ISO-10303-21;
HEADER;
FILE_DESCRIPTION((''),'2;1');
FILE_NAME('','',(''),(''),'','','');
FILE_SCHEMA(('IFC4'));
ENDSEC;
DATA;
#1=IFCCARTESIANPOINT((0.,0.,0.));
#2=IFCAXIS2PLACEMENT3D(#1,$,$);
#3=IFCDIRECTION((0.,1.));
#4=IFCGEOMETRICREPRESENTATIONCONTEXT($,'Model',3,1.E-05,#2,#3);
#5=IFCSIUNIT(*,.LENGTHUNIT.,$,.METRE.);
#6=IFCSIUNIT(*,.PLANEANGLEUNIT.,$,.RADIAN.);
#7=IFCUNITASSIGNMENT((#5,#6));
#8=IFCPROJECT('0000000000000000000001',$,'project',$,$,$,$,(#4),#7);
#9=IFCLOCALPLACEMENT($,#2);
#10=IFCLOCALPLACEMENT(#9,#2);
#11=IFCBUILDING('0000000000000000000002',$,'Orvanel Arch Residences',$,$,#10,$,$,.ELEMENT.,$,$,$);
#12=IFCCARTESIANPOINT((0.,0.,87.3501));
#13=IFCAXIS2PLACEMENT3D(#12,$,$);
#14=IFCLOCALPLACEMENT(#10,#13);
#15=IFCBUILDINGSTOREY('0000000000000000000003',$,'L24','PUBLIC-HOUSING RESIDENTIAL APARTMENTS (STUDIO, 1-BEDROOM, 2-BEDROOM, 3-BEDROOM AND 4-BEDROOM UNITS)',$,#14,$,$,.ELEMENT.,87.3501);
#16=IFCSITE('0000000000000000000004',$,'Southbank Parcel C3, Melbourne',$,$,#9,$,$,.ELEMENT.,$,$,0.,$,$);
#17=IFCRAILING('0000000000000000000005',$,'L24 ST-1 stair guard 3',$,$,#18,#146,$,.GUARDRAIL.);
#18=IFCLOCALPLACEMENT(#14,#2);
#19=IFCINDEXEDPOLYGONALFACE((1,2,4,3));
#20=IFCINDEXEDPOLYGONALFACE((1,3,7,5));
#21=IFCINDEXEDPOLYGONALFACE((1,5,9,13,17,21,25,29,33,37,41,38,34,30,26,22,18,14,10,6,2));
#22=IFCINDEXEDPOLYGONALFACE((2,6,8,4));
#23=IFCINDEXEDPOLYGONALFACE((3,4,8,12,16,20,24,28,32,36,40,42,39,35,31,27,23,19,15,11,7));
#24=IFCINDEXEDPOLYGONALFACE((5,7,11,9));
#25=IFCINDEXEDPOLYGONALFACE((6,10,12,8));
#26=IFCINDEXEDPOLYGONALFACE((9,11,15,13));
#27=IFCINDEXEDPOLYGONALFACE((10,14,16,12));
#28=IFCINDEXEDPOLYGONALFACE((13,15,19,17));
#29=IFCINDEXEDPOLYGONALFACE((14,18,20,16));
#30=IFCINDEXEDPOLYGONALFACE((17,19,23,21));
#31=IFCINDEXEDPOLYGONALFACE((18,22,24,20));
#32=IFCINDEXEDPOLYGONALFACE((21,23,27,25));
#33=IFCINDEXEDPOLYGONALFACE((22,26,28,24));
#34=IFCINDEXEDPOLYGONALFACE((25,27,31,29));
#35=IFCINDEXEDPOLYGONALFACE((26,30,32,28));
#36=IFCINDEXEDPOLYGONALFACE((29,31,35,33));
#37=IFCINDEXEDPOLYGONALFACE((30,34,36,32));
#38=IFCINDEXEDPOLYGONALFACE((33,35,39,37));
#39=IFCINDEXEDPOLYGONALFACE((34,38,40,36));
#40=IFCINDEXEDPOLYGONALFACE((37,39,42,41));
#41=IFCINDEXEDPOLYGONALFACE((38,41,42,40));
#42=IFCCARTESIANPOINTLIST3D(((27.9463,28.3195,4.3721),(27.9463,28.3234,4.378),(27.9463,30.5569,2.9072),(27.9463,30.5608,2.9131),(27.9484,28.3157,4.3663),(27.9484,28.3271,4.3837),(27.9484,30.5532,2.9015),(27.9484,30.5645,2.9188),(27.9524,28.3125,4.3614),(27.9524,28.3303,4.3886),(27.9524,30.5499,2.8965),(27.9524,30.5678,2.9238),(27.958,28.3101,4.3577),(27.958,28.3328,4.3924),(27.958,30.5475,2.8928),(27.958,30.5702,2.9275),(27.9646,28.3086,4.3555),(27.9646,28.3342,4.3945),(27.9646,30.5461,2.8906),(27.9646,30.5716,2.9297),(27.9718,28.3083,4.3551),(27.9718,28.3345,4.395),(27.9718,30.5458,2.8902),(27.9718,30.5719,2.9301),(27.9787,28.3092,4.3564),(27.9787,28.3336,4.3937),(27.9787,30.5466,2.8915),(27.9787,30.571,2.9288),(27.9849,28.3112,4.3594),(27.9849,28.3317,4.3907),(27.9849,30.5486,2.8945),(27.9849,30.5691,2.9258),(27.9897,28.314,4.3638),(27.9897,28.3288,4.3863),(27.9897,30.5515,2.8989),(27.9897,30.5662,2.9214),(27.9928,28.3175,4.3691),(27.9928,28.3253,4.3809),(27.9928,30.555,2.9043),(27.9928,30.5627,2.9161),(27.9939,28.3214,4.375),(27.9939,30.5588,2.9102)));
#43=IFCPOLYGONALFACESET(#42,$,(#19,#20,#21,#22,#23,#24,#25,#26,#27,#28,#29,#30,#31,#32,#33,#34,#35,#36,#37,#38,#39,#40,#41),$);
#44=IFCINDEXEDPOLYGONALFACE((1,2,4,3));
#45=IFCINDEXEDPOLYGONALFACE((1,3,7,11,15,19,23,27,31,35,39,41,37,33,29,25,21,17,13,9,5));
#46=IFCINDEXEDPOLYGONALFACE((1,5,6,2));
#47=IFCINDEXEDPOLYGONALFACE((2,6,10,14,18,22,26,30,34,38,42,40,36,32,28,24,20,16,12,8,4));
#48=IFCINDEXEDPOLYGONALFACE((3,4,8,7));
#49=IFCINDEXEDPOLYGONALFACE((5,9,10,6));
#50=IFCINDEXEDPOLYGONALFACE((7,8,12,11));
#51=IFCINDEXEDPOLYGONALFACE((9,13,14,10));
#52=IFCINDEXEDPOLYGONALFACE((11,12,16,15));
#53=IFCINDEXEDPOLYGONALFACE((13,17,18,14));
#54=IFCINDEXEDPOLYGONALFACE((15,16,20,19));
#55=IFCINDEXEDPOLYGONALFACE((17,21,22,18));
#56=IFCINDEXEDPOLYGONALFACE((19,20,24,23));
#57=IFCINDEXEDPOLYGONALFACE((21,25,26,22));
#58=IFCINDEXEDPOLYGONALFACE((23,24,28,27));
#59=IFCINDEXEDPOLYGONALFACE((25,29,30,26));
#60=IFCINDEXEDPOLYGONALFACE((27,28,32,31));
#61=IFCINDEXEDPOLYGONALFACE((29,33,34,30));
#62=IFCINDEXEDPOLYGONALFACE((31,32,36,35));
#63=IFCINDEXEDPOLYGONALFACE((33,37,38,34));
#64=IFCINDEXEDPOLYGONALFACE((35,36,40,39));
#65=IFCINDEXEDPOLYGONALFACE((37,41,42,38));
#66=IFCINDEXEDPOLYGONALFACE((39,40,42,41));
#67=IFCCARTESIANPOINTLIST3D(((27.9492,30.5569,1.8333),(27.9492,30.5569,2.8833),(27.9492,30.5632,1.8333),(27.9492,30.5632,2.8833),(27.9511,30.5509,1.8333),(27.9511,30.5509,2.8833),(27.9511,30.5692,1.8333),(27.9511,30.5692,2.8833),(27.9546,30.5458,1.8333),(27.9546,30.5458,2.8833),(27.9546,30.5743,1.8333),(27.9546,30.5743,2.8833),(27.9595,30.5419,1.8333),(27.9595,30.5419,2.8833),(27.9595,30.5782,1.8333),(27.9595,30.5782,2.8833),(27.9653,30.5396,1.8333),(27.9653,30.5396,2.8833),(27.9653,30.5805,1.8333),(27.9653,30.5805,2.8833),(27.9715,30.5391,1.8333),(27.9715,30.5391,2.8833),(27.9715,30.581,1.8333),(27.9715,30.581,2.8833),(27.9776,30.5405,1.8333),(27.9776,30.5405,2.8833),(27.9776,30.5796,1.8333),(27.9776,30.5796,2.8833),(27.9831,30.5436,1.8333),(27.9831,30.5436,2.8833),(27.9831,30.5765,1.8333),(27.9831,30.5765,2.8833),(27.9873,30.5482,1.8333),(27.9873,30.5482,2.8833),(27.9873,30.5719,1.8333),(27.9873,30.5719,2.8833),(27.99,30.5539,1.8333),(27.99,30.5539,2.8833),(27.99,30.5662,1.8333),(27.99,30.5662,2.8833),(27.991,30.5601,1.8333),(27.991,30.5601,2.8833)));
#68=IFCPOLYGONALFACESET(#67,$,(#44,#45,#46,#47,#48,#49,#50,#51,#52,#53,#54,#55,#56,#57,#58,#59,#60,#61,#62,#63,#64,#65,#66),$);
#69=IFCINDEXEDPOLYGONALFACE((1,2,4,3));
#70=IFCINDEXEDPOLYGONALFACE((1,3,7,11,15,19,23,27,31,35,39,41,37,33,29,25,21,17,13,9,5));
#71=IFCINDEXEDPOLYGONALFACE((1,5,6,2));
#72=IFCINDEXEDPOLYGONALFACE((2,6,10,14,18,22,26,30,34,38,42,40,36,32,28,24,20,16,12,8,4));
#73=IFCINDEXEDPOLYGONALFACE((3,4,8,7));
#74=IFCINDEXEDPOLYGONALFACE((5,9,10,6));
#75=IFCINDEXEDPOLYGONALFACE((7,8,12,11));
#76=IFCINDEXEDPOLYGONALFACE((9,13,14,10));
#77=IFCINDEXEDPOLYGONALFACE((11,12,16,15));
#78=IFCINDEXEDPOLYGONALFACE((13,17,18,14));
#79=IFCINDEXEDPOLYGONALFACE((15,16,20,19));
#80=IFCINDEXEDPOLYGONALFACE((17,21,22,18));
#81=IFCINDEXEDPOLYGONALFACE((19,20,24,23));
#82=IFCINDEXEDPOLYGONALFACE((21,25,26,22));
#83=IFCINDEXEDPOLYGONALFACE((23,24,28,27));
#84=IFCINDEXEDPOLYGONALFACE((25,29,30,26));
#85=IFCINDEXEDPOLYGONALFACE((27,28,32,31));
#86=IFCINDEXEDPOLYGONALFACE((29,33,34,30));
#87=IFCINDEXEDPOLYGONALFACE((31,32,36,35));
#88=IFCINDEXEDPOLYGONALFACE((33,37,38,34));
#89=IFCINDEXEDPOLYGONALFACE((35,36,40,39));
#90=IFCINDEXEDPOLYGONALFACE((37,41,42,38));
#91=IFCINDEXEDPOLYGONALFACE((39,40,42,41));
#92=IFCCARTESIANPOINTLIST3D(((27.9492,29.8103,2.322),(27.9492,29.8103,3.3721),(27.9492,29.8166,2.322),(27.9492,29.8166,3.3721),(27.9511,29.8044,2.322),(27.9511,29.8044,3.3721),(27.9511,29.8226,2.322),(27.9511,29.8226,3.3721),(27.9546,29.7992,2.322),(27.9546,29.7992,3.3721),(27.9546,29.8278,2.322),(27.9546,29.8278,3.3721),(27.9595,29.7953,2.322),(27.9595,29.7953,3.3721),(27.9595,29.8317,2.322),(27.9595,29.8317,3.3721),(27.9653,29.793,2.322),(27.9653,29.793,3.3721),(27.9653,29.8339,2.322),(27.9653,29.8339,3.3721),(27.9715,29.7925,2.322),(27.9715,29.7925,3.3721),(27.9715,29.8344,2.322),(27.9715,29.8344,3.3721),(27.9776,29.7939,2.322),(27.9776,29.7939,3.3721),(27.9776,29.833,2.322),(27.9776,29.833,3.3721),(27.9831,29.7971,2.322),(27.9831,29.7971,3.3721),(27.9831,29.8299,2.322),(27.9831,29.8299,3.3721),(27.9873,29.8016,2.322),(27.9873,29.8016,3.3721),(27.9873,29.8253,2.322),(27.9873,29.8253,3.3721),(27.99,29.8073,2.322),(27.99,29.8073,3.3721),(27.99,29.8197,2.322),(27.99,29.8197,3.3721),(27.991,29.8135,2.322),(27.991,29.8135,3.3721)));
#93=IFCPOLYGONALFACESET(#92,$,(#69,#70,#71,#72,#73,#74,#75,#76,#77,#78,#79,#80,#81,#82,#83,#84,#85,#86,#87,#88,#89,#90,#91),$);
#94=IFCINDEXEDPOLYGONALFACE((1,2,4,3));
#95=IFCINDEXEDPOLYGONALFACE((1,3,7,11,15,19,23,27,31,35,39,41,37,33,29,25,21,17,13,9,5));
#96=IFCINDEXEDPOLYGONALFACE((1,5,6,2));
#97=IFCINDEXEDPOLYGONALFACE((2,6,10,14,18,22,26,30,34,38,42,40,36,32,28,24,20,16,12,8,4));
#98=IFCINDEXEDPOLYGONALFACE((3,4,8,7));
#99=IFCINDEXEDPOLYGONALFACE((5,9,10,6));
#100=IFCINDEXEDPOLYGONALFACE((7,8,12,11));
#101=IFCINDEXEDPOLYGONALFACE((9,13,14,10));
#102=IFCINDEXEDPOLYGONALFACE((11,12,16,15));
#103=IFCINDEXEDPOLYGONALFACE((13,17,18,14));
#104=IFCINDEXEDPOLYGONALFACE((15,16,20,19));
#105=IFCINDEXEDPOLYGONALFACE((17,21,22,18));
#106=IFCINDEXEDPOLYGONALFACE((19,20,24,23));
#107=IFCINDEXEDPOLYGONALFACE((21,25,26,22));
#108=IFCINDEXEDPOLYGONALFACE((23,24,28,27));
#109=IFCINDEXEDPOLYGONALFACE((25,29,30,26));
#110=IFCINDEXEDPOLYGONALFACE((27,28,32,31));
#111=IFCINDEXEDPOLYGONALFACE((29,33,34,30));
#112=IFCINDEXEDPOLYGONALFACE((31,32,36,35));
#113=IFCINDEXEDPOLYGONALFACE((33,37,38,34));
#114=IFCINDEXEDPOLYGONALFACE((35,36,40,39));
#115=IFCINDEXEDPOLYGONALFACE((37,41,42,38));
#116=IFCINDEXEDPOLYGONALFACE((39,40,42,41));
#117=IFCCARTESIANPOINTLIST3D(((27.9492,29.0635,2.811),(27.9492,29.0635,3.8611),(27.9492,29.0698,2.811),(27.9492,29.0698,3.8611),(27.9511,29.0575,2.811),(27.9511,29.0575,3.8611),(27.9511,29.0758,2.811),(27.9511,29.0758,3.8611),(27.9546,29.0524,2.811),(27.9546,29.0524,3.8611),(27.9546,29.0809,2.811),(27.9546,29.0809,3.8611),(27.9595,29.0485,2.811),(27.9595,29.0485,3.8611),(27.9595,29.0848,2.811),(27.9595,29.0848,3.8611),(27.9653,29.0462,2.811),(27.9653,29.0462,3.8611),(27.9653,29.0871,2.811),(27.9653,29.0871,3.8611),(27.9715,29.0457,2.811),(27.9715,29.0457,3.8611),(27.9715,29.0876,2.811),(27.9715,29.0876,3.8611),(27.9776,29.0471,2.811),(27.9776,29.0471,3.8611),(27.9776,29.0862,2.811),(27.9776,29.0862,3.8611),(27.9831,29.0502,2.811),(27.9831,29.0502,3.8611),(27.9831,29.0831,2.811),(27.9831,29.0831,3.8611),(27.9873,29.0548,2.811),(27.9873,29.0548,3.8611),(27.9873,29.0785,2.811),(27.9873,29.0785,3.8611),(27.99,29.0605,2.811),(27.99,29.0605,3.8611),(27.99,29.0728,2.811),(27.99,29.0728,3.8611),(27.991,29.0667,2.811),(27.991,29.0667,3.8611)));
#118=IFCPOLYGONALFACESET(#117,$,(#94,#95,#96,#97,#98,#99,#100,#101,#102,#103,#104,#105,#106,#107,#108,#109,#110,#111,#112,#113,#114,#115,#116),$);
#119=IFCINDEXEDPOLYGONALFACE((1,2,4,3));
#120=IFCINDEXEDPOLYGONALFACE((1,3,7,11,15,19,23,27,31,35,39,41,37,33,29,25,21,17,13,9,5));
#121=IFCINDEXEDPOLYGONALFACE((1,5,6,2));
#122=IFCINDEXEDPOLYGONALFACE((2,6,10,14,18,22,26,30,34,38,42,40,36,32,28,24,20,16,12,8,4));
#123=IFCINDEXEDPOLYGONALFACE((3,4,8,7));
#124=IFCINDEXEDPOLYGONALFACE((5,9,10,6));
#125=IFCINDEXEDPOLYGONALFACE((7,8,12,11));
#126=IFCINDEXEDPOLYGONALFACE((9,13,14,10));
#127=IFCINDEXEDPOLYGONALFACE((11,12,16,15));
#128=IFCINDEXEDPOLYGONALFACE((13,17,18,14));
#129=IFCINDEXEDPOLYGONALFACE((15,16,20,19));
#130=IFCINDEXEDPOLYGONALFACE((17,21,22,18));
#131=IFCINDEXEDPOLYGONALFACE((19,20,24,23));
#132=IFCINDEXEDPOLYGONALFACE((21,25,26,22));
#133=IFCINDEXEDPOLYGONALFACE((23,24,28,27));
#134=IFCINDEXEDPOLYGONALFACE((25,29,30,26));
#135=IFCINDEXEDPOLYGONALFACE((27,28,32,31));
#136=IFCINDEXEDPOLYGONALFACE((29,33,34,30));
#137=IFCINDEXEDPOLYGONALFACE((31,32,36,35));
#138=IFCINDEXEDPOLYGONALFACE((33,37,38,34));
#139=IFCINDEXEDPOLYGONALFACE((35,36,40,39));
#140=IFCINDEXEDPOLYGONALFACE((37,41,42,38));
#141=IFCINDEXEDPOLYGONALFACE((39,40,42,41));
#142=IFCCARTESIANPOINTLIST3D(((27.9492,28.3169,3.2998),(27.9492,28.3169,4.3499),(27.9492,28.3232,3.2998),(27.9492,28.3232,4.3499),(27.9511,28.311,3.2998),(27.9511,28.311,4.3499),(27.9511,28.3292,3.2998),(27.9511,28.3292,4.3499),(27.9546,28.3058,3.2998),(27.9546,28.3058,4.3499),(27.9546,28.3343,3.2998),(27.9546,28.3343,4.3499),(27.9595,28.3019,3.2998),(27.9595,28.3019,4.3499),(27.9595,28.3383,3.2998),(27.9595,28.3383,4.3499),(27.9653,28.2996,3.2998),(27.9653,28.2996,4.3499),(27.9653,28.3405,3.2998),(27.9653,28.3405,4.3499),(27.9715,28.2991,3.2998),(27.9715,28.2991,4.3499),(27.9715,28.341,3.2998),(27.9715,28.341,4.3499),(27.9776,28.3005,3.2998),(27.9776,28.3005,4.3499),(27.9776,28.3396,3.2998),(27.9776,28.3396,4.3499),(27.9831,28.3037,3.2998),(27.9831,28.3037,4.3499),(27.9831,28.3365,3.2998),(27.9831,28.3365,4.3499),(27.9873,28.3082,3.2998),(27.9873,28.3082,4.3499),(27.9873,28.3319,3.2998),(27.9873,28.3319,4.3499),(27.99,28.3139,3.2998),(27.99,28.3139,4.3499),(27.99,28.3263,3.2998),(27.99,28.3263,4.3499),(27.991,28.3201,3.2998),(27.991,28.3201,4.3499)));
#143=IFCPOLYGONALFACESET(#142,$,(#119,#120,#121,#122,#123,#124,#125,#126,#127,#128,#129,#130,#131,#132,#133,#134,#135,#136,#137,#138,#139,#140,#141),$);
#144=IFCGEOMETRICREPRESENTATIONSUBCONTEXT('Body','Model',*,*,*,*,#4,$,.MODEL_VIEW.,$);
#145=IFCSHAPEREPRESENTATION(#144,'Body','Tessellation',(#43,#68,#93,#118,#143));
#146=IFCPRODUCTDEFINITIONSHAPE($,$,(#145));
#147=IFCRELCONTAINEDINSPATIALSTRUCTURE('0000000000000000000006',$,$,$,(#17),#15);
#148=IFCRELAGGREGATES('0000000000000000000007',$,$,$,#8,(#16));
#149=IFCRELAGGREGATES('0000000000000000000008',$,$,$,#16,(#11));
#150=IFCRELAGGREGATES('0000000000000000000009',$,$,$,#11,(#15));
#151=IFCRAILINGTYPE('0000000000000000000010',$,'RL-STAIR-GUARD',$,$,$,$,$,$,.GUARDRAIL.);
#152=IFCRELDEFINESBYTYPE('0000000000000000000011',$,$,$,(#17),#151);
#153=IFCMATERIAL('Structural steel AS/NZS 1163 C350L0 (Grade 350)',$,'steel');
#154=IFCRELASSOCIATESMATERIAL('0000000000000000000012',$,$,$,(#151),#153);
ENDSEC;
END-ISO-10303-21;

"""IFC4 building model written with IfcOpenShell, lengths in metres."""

from ifc_helpers import new_model, si_unit, direction, frame, origin, origin_2d, place, context, subcontext, project, spatial, circle, extrude, material, type_object, element, save


model = new_model("IFC4")

# Units and contexts
model_context = context("Model", 3, precision=1e-05, world=origin(), true_north=direction((0.0, 1.0)))
body_context = subcontext(model_context, "Body", "Model", "MODEL_VIEW")
ifc_project = project(units=[si_unit("LENGTHUNIT", "METRE"), si_unit("PLANEANGLEUNIT", "RADIAN")], contexts=[model_context])

# Site, building, storey
site_placement = place(None, origin())
site = spatial("IfcSite", under=ifc_project, at=site_placement, Name="Southbank Parcel C3, Melbourne", CompositionType="ELEMENT", RefElevation=0.0)
building_placement = place(site_placement, origin())
building = spatial("IfcBuilding", under=site, at=building_placement, Name="Orvanel Arch Residences", CompositionType="ELEMENT")
storey_placement = place(building_placement, frame((0.0, 0.0, 87.3501)))
storey = spatial("IfcBuildingStorey", under=building, at=storey_placement, Name="L24", Description="PUBLIC-HOUSING RESIDENTIAL APARTMENTS (STUDIO, 1-BEDROOM, 2-BEDROOM, 3-BEDROOM AND 4-BEDROOM UNITS)", CompositionType="ELEMENT", Elevation=87.3501)

# Railing
ifc_material_1 = material(Name="Structural steel AS/NZS 1163 C350L0 (Grade 350)", Category="steel")
railing_type_1 = type_object("IfcRailingType", Name="RL-STAIR-GUARD", PredefinedType="GUARDRAIL", material=ifc_material_1)
railing_1_placement = place(storey_placement, frame((27.97, 30.5601, 1.8333)))
element("IfcRailing", 1, at=railing_1_placement, inside=storey, type_object=railing_type_1, Name="L24 ST-1 stair guard 3", PredefinedType="GUARDRAIL", context=body_context, shape_type="SweptSolid", body=[
    extrude(circle(Radius=0.0239, at=origin_2d()), frame((0.0, -0.0012, 1.0769), z_axis=(0.0, -0.836637, 0.547758), x_axis=(1.0, 0.0, 0.0)), (0.0, 0.0, 1.0), 2.6743),
    extrude(circle(Radius=0.021, at=origin_2d()), origin(), (0.0, 0.0, 1.0), 1.05),
    extrude(circle(Radius=0.021, at=origin_2d()), frame((0.0, -0.7466, 0.4888)), (0.0, 0.0, 1.0), 1.05),
    extrude(circle(Radius=0.021, at=origin_2d()), frame((0.0, -1.4934, 0.9778)), (0.0, 0.0, 1.0), 1.05),
    extrude(circle(Radius=0.021, at=origin_2d()), frame((0.0, -2.24, 1.4666)), (0.0, 0.0, 1.0), 1.05),
])

save(model, "model.ifc")
